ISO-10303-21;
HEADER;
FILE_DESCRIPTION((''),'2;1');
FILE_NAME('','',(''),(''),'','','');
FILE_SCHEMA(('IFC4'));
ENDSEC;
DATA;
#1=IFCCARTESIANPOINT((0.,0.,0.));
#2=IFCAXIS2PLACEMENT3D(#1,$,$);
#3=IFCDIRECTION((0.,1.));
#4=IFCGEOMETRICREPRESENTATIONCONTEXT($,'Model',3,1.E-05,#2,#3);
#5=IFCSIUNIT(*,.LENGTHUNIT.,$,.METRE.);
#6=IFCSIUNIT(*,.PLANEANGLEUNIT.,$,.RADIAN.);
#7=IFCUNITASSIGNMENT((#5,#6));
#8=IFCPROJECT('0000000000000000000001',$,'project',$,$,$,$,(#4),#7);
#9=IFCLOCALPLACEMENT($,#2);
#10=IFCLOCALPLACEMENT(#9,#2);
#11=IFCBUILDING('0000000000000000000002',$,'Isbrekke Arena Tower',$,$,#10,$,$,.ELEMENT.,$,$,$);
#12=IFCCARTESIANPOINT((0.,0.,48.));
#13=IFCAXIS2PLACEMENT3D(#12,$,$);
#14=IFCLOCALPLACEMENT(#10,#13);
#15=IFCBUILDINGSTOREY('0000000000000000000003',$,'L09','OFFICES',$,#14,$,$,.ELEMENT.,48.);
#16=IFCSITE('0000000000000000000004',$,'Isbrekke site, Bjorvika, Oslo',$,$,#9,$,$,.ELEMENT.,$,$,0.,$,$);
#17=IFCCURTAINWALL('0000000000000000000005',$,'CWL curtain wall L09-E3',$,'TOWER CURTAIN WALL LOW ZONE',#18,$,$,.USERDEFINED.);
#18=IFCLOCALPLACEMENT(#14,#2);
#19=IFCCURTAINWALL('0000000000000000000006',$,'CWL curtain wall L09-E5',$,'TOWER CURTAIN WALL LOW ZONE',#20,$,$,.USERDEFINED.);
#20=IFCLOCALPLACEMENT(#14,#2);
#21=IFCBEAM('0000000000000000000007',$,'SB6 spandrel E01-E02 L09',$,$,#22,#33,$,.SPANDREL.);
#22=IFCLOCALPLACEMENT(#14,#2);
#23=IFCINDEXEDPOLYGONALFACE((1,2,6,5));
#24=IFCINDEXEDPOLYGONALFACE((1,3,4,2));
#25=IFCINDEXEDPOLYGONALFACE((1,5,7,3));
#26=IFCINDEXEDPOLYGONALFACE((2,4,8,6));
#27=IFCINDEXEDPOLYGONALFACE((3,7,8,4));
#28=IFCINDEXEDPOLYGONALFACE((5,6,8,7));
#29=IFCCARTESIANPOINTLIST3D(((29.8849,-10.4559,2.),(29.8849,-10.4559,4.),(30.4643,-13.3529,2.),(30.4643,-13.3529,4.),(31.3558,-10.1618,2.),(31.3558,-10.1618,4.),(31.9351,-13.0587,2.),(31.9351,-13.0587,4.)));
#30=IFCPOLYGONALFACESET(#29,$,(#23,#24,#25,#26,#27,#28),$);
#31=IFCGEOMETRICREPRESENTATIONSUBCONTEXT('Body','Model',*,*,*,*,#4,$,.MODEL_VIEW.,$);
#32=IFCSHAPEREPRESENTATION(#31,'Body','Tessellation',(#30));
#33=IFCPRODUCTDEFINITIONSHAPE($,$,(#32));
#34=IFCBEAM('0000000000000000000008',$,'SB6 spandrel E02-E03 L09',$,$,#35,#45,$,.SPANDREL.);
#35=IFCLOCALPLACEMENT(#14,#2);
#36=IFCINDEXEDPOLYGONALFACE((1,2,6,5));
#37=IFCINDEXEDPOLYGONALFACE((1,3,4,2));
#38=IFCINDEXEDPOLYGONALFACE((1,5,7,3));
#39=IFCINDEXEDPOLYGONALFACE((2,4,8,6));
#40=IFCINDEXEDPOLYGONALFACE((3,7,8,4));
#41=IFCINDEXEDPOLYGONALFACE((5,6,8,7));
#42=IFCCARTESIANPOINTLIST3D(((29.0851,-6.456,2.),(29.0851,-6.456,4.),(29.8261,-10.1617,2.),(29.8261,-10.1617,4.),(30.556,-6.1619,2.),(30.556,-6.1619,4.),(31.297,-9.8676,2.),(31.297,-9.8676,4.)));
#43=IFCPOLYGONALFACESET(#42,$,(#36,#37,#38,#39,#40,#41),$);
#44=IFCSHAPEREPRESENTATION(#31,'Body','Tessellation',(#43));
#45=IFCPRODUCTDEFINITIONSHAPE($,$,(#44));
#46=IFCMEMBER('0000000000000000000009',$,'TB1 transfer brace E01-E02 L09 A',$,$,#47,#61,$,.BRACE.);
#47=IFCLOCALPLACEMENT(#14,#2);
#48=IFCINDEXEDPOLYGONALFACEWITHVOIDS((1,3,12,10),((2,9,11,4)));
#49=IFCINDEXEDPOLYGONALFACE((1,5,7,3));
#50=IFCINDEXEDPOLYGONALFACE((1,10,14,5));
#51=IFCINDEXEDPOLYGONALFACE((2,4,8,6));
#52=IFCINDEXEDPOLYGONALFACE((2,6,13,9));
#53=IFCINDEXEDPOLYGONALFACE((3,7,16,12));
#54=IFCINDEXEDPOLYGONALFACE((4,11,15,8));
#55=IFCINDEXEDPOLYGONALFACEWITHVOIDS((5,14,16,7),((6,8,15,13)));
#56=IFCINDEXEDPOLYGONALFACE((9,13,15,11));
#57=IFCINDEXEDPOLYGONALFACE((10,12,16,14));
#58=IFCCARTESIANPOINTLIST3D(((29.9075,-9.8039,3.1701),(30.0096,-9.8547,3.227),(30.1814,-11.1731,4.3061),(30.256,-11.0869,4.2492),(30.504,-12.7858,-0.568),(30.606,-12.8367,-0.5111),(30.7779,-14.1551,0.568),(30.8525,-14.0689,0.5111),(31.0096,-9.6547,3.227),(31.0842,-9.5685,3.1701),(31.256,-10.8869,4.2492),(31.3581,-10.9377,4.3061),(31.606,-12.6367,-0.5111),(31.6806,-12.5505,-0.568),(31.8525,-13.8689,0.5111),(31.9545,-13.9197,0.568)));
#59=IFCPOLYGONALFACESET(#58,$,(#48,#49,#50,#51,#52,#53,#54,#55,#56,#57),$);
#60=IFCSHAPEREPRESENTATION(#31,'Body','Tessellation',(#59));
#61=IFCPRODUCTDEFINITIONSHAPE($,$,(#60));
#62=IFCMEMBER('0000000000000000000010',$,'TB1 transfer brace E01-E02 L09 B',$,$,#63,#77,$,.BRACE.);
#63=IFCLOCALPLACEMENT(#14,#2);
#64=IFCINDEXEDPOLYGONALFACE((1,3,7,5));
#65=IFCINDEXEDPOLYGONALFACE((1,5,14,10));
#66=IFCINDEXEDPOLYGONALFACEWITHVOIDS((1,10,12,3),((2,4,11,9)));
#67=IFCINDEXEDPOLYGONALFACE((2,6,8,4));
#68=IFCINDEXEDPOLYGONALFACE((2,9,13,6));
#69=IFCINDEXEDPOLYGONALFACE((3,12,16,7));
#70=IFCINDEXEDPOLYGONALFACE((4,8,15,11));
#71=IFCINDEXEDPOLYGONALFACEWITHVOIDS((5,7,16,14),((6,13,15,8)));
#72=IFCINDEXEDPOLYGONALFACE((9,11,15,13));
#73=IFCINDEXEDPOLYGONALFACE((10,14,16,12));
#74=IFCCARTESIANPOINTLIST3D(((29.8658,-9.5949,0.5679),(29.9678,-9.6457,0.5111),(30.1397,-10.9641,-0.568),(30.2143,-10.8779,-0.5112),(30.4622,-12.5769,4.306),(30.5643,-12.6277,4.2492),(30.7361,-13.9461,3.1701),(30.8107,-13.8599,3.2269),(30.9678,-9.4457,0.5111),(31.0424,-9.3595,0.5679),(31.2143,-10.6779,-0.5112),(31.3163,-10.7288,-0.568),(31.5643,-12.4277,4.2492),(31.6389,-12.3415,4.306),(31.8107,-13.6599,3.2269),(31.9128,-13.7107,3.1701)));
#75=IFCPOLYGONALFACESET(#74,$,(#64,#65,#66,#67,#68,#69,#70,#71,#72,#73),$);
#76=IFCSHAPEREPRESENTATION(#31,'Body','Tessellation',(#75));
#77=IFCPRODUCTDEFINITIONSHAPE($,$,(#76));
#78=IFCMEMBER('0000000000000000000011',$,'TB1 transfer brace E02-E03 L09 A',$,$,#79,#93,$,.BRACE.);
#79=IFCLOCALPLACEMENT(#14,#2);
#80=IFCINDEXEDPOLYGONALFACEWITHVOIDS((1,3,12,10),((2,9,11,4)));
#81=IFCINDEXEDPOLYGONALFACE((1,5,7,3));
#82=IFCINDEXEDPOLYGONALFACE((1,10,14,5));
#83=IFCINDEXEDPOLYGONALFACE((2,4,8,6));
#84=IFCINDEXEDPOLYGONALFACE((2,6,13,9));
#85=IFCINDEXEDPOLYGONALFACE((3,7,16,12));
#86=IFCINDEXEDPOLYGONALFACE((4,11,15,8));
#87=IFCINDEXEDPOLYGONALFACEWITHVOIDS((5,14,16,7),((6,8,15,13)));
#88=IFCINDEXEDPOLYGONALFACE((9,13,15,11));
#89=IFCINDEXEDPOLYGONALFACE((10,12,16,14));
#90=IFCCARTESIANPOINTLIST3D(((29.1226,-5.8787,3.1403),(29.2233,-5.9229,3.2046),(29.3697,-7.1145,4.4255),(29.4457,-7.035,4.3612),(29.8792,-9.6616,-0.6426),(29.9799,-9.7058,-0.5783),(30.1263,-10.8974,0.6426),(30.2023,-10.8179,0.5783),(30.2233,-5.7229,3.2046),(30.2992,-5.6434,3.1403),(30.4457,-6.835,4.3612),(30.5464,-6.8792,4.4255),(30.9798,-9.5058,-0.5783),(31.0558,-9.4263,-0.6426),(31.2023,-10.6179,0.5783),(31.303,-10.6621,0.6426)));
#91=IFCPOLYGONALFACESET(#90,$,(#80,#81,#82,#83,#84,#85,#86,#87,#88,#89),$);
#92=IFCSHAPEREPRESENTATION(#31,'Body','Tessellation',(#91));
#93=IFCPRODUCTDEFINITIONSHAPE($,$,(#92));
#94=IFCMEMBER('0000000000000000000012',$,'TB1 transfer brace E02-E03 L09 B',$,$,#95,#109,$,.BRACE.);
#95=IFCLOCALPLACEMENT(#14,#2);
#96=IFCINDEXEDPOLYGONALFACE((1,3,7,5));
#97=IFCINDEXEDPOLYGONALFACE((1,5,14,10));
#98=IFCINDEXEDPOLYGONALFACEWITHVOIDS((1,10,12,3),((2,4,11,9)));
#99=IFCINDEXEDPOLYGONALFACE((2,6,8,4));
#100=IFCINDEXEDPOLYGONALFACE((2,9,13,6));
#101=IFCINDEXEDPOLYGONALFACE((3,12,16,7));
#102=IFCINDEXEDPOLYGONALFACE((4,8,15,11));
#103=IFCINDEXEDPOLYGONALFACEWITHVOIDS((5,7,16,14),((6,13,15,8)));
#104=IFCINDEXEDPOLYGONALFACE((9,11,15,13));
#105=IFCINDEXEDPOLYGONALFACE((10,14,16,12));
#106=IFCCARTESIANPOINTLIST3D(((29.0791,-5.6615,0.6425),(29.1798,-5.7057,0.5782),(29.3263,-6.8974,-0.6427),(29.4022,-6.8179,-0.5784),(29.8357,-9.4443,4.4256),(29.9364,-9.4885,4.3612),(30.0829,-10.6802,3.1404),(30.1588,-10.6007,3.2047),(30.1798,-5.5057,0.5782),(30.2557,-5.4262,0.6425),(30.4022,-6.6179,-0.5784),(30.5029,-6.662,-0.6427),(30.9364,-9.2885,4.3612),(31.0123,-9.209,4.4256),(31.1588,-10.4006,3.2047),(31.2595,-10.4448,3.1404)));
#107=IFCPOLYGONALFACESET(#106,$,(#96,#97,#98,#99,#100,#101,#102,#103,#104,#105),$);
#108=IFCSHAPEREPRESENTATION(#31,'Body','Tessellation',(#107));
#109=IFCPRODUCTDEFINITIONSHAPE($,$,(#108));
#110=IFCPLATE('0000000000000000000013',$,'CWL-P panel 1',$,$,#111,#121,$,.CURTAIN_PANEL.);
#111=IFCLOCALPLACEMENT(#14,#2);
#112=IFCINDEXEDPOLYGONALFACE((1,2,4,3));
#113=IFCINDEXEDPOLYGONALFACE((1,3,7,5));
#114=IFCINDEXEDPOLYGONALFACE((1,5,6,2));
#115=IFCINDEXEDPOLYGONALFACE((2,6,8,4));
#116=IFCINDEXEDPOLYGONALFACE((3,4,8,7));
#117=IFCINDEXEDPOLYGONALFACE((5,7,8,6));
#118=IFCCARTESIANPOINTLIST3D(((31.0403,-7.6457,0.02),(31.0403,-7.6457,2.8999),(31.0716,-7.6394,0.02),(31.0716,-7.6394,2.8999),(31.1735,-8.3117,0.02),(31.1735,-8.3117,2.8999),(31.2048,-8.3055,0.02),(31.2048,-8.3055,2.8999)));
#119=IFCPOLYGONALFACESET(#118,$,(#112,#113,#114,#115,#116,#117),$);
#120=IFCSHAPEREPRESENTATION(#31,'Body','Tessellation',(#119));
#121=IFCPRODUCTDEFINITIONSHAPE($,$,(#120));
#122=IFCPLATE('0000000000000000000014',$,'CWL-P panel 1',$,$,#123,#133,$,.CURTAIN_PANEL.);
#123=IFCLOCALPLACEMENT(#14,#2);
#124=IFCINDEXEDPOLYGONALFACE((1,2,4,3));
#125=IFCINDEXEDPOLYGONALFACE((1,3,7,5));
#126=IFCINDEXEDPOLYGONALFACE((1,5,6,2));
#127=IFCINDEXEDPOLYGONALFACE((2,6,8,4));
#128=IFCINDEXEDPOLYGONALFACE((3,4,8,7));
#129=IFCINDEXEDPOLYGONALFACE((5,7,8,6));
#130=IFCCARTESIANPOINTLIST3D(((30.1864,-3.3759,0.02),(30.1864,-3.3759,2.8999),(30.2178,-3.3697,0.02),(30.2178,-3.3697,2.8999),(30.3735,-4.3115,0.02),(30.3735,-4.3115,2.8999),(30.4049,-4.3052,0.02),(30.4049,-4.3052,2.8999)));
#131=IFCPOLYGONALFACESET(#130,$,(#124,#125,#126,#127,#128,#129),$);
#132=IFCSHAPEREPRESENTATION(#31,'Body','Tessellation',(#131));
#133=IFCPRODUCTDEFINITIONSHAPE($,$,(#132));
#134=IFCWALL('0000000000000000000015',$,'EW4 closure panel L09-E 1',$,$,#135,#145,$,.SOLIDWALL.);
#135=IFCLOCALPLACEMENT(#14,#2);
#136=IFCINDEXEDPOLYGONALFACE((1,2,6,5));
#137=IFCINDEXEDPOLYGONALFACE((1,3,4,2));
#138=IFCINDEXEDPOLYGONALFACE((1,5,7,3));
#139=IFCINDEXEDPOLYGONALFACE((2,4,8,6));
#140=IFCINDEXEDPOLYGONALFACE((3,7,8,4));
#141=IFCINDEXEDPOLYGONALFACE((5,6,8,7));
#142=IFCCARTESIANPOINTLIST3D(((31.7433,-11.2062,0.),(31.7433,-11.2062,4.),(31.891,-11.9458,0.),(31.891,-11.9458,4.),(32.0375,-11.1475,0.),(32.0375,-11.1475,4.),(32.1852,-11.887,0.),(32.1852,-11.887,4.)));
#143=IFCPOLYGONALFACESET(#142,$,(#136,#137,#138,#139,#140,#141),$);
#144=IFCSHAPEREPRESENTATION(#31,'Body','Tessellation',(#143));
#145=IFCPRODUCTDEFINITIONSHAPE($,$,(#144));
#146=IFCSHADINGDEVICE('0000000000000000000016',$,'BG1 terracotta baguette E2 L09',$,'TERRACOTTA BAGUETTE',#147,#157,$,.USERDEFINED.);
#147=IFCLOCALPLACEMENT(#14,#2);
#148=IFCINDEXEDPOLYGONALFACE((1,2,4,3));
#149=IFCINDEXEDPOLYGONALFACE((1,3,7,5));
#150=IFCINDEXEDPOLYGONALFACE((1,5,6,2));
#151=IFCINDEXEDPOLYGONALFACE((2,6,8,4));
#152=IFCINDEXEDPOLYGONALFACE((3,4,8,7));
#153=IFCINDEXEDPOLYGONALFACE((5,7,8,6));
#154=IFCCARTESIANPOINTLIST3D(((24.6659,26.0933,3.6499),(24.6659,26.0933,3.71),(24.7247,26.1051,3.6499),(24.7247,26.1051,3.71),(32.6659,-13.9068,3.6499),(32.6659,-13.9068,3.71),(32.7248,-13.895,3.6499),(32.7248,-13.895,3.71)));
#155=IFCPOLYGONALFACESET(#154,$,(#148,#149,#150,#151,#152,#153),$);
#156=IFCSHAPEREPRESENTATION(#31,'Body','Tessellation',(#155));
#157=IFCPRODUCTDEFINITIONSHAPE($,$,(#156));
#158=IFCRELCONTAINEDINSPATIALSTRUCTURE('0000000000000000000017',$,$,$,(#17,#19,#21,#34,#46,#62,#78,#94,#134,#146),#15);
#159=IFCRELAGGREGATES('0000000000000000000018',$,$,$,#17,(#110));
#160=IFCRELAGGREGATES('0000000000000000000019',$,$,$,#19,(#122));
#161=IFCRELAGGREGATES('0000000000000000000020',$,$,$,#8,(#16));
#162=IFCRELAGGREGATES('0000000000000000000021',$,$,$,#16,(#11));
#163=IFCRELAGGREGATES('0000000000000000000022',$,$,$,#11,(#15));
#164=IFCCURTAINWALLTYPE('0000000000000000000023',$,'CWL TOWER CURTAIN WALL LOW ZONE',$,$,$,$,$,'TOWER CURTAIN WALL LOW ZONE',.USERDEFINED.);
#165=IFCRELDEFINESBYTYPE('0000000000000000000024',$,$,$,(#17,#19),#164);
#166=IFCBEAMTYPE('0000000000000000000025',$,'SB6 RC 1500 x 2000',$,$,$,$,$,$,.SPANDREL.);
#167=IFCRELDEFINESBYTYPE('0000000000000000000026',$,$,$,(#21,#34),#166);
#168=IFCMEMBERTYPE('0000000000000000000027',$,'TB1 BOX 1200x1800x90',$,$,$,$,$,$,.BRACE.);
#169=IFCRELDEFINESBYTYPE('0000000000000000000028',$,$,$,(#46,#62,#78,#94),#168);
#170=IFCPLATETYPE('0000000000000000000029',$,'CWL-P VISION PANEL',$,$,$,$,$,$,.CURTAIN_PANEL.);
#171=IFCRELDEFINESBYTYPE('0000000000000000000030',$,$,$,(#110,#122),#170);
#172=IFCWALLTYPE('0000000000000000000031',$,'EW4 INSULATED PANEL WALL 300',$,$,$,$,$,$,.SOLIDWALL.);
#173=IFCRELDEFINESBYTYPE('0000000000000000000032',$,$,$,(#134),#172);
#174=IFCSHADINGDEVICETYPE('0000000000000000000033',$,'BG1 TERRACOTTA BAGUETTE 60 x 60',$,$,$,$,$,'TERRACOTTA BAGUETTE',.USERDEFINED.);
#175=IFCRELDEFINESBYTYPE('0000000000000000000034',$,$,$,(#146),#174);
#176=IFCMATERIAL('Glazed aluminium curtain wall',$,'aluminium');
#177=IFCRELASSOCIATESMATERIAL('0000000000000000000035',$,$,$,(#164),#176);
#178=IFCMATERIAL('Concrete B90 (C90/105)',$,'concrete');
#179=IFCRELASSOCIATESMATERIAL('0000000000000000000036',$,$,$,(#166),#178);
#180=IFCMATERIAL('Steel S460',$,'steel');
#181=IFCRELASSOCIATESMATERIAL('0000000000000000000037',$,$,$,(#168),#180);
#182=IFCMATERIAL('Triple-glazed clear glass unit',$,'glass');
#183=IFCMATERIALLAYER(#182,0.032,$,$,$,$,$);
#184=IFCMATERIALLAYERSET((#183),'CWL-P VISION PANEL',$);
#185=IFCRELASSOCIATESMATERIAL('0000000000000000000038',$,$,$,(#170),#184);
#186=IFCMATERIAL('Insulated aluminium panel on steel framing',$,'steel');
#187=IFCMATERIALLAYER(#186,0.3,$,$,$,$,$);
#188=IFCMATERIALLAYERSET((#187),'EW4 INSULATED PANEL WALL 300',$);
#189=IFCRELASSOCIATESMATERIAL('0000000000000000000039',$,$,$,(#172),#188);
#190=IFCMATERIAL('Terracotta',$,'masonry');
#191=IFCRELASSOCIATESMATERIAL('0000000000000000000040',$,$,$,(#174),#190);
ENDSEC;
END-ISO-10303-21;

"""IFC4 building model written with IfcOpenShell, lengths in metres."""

from ifc_helpers import new_model, si_unit, direction, frame, frame_2d, origin, origin_2d, place, context, subcontext, project, spatial, rectangle, hollow_rectangle, extrude, material, layer, layer_set, material_profile, profile_set, type_object, element, aggregate, save


model = new_model("IFC4")

# Units and contexts
model_context = context("Model", 3, precision=1e-05, world=origin(), true_north=direction((0.0, 1.0)))
body_context = subcontext(model_context, "Body", "Model", "MODEL_VIEW")
ifc_project = project(units=[si_unit("LENGTHUNIT", "METRE"), si_unit("PLANEANGLEUNIT", "RADIAN")], contexts=[model_context])

# Site, building, storey
site_placement = place(None, origin())
site = spatial("IfcSite", under=ifc_project, at=site_placement, Name="Isbrekke site, Bjorvika, Oslo", CompositionType="ELEMENT", RefElevation=0.0)
building_placement = place(site_placement, origin())
building = spatial("IfcBuilding", under=site, at=building_placement, Name="Isbrekke Arena Tower", CompositionType="ELEMENT")
storey_placement = place(building_placement, frame((0.0, 0.0, 48.0)))
storey = spatial("IfcBuildingStorey", under=building, at=storey_placement, Name="L09", Description="OFFICES", CompositionType="ELEMENT", Elevation=48.0)

# Curtain walls
ifc_material_1 = material(Name="Glazed aluminium curtain wall", Category="aluminium")
curtain_wall_type = type_object("IfcCurtainWallType", Name="CWL TOWER CURTAIN WALL LOW ZONE", ElementType="TOWER CURTAIN WALL LOW ZONE", PredefinedType="USERDEFINED", material=ifc_material_1)
curtain_wall_1_placement = place(storey_placement, origin())
curtain_wall_1 = element("IfcCurtainWall", 1, at=curtain_wall_1_placement, inside=storey, type_object=curtain_wall_type, Name="CWL curtain wall L09-E3", ObjectType="TOWER CURTAIN WALL LOW ZONE", PredefinedType="USERDEFINED")
curtain_wall_2_placement = place(storey_placement, origin())
curtain_wall_2 = element("IfcCurtainWall", 2, at=curtain_wall_2_placement, inside=storey, type_object=curtain_wall_type, Name="CWL curtain wall L09-E5", ObjectType="TOWER CURTAIN WALL LOW ZONE", PredefinedType="USERDEFINED")

# Beams
ifc_material_2 = material(Name="Concrete B90 (C90/105)", Category="concrete")
ifc_material_profile_1 = material_profile(ifc_material_2, rectangle(XDim=1.5, YDim=2.0, at=origin_2d()), Name="RC 1500x2000")
ifc_profile_set_1 = profile_set([ifc_material_profile_1], Name="Concrete B90 (C90/105)")
beam_type_1 = type_object("IfcBeamType", Name="SB6 RC 1500 x 2000", PredefinedType="SPANDREL", material=ifc_profile_set_1)
beam_1_placement = place(storey_placement, frame((31.1997, -13.2058, 3.0), z_axis=(-0.1961, 0.980584, 0.0), x_axis=(-0.980584, -0.1961, 0.0)))
element("IfcBeam", 3, at=beam_1_placement, inside=storey, type_object=beam_type_1, Name="SB6 spandrel E01-E02 L09", PredefinedType="SPANDREL", context=body_context, shape_type="SweptSolid", body=[
    extrude(rectangle(XDim=1.5, YDim=2.0, at=origin_2d()), origin(), (0.0, 0.0, 1.0), 2.9543),
])
beam_2_placement = place(storey_placement, frame((30.5615, -10.0146, 3.0), z_axis=(-0.196066, 0.980591, 0.0), x_axis=(-0.980591, -0.196066, 0.0)))
element("IfcBeam", 4, at=beam_2_placement, inside=storey, type_object=beam_type_1, Name="SB6 spandrel E02-E03 L09", PredefinedType="SPANDREL", context=body_context, shape_type="SweptSolid", body=[
    extrude(rectangle(XDim=1.5, YDim=2.0, at=origin_2d()), origin(), (0.0, 0.0, 1.0), 3.7791),
])

# Members
ifc_material_3 = material(Name="Steel S460", Category="steel")
ifc_material_profile_2 = material_profile(ifc_material_3, hollow_rectangle(XDim=1.2, YDim=1.8, WallThickness=0.0901, at=origin_2d()), Name="BOX 1200x1800x90")
ifc_profile_set_2 = profile_set([ifc_material_profile_2], Name="Steel S460")
member_type_1 = type_object("IfcMemberType", Name="TB1 BOX 1200x1800x90", PredefinedType="BRACE", material=ifc_profile_set_2)
for number, where, z_axis, x_axis, name in (
    (5, (31.2292, -13.3528, 0.0), (-0.123773, 0.618816, 0.775724), (-0.980578, -0.196132, 0.0), "TB1 transfer brace E01-E02 L09 A"),
    (6, (31.1875, -13.1438, 3.738), (-0.123773, 0.618816, -0.775724), (-0.980578, -0.196132, 0.0), "TB1 transfer brace E01-E02 L09 B"),
):
    element("IfcMember", number, at=place(storey_placement, frame(where, z_axis=z_axis, x_axis=x_axis)), inside=storey, type_object=member_type_1, Name=name, PredefinedType="BRACE", context=body_context, shape_type="SweptSolid", body=[
        extrude(hollow_rectangle(XDim=1.2, YDim=1.8, WallThickness=0.0901, at=origin_2d()), origin(), (0.0, 0.0, 1.0), 4.8188),
    ])
for number, where, z_axis, x_axis, name in (
    (7, (30.5911, -10.1619, 0.0), (-0.140028, 0.70014, 0.70014), (-0.980581, -0.196116, 0.0), "TB1 transfer brace E02-E03 L09 A"),
    (8, (30.5476, -9.9446, 3.783), (-0.140032, 0.700117, -0.700162), (-0.980578, -0.196128, 0.0), "TB1 transfer brace E02-E03 L09 B"),
):
    element("IfcMember", number, at=place(storey_placement, frame(where, z_axis=z_axis, x_axis=x_axis)), inside=storey, type_object=member_type_1, Name=name, PredefinedType="BRACE", context=body_context, shape_type="SweptSolid", body=[
        extrude(hollow_rectangle(XDim=1.2, YDim=1.8, WallThickness=0.0901, at=origin_2d()), origin(), (0.0, 0.0, 1.0), 5.4031),
    ])

# Plates
ifc_material_4 = material(Name="Triple-glazed clear glass unit", Category="glass")
ifc_layer_1 = layer(ifc_material_4, 0.032)
ifc_layer_set_1 = layer_set([ifc_layer_1], Name="CWL-P VISION PANEL")
plate_type = type_object("IfcPlateType", Name="CWL-P VISION PANEL", PredefinedType="CURTAIN_PANEL", material=ifc_layer_set_1)
plate_1_placement = place(storey_placement, frame((31.1226, -7.9756, 0.02), z_axis=(0.0, 0.0, 1.0), x_axis=(-0.196116, 0.980581, 0.0)))
plate_1 = element("IfcPlate", 9, at=plate_1_placement, type_object=plate_type, Name="CWL-P panel 1", PredefinedType="CURTAIN_PANEL", context=body_context, shape_type="SweptSolid", body=[
    extrude(rectangle(XDim=0.6792, YDim=0.032, at=origin_2d()), origin(), (0.0, 0.0, 1.0), 2.8799),
])
aggregate(curtain_wall_1, [plate_1])
plate_2_placement = place(storey_placement, frame((30.2957, -3.8406, 0.02), z_axis=(0.0, 0.0, 1.0), x_axis=(-0.196116, 0.980581, 0.0)))
plate_2 = element("IfcPlate", 10, at=plate_2_placement, type_object=plate_type, Name="CWL-P panel 1", PredefinedType="CURTAIN_PANEL", context=body_context, shape_type="SweptSolid", body=[
    extrude(rectangle(XDim=0.9541, YDim=0.032, at=origin_2d()), origin(), (0.0, 0.0, 1.0), 2.8799),
])
aggregate(curtain_wall_2, [plate_2])

# Wall
ifc_material_5 = material(Name="Insulated aluminium panel on steel framing", Category="steel")
ifc_layer_2 = layer(ifc_material_5, 0.3)
ifc_layer_set_2 = layer_set([ifc_layer_2], Name="EW4 INSULATED PANEL WALL 300")
wall_type = type_object("IfcWallType", Name="EW4 INSULATED PANEL WALL 300", PredefinedType="SOLIDWALL", material=ifc_layer_set_2)
wall_placement = place(storey_placement, frame((32.0381, -11.9163, 0.0), z_axis=(0.0, 0.0, 1.0), x_axis=(-0.195867, 0.98063, 0.0)))
element("IfcWall", 11, at=wall_placement, inside=storey, type_object=wall_type, Name="EW4 closure panel L09-E 1", PredefinedType="SOLIDWALL", context=body_context, shape_type="SweptSolid", body=[
    extrude(rectangle(XDim=0.7542, YDim=0.3, at=frame_2d((0.377, 0.0))), origin(), (0.0, 0.0, 1.0), 4.0),
])

# Shading device
ifc_material_6 = material(Name="Terracotta", Category="masonry")
ifc_material_profile_3 = material_profile(ifc_material_6, rectangle(XDim=0.0601, YDim=0.0601, at=origin_2d()), Name="BAGUETTE 60X60")
ifc_profile_set_3 = profile_set([ifc_material_profile_3], Name="Terracotta")
shading_device_type = type_object("IfcShadingDeviceType", Name="BG1 TERRACOTTA BAGUETTE 60 x 60", ElementType="TERRACOTTA BAGUETTE", PredefinedType="USERDEFINED", material=ifc_profile_set_3)
shading_device_placement = place(storey_placement, frame((32.6953, -13.9009, 3.6799), z_axis=(-0.196116, 0.980581, 0.0), x_axis=(-0.980581, -0.196116, 0.0)))
element("IfcShadingDevice", 12, at=shading_device_placement, inside=storey, type_object=shading_device_type, Name="BG1 terracotta baguette E2 L09", ObjectType="TERRACOTTA BAGUETTE", PredefinedType="USERDEFINED", context=body_context, shape_type="SweptSolid", body=[
    extrude(rectangle(XDim=0.0601, YDim=0.0601, at=origin_2d()), origin(), (0.0, 0.0, 1.0), 40.7922),
])

save(model, "model.ifc")
